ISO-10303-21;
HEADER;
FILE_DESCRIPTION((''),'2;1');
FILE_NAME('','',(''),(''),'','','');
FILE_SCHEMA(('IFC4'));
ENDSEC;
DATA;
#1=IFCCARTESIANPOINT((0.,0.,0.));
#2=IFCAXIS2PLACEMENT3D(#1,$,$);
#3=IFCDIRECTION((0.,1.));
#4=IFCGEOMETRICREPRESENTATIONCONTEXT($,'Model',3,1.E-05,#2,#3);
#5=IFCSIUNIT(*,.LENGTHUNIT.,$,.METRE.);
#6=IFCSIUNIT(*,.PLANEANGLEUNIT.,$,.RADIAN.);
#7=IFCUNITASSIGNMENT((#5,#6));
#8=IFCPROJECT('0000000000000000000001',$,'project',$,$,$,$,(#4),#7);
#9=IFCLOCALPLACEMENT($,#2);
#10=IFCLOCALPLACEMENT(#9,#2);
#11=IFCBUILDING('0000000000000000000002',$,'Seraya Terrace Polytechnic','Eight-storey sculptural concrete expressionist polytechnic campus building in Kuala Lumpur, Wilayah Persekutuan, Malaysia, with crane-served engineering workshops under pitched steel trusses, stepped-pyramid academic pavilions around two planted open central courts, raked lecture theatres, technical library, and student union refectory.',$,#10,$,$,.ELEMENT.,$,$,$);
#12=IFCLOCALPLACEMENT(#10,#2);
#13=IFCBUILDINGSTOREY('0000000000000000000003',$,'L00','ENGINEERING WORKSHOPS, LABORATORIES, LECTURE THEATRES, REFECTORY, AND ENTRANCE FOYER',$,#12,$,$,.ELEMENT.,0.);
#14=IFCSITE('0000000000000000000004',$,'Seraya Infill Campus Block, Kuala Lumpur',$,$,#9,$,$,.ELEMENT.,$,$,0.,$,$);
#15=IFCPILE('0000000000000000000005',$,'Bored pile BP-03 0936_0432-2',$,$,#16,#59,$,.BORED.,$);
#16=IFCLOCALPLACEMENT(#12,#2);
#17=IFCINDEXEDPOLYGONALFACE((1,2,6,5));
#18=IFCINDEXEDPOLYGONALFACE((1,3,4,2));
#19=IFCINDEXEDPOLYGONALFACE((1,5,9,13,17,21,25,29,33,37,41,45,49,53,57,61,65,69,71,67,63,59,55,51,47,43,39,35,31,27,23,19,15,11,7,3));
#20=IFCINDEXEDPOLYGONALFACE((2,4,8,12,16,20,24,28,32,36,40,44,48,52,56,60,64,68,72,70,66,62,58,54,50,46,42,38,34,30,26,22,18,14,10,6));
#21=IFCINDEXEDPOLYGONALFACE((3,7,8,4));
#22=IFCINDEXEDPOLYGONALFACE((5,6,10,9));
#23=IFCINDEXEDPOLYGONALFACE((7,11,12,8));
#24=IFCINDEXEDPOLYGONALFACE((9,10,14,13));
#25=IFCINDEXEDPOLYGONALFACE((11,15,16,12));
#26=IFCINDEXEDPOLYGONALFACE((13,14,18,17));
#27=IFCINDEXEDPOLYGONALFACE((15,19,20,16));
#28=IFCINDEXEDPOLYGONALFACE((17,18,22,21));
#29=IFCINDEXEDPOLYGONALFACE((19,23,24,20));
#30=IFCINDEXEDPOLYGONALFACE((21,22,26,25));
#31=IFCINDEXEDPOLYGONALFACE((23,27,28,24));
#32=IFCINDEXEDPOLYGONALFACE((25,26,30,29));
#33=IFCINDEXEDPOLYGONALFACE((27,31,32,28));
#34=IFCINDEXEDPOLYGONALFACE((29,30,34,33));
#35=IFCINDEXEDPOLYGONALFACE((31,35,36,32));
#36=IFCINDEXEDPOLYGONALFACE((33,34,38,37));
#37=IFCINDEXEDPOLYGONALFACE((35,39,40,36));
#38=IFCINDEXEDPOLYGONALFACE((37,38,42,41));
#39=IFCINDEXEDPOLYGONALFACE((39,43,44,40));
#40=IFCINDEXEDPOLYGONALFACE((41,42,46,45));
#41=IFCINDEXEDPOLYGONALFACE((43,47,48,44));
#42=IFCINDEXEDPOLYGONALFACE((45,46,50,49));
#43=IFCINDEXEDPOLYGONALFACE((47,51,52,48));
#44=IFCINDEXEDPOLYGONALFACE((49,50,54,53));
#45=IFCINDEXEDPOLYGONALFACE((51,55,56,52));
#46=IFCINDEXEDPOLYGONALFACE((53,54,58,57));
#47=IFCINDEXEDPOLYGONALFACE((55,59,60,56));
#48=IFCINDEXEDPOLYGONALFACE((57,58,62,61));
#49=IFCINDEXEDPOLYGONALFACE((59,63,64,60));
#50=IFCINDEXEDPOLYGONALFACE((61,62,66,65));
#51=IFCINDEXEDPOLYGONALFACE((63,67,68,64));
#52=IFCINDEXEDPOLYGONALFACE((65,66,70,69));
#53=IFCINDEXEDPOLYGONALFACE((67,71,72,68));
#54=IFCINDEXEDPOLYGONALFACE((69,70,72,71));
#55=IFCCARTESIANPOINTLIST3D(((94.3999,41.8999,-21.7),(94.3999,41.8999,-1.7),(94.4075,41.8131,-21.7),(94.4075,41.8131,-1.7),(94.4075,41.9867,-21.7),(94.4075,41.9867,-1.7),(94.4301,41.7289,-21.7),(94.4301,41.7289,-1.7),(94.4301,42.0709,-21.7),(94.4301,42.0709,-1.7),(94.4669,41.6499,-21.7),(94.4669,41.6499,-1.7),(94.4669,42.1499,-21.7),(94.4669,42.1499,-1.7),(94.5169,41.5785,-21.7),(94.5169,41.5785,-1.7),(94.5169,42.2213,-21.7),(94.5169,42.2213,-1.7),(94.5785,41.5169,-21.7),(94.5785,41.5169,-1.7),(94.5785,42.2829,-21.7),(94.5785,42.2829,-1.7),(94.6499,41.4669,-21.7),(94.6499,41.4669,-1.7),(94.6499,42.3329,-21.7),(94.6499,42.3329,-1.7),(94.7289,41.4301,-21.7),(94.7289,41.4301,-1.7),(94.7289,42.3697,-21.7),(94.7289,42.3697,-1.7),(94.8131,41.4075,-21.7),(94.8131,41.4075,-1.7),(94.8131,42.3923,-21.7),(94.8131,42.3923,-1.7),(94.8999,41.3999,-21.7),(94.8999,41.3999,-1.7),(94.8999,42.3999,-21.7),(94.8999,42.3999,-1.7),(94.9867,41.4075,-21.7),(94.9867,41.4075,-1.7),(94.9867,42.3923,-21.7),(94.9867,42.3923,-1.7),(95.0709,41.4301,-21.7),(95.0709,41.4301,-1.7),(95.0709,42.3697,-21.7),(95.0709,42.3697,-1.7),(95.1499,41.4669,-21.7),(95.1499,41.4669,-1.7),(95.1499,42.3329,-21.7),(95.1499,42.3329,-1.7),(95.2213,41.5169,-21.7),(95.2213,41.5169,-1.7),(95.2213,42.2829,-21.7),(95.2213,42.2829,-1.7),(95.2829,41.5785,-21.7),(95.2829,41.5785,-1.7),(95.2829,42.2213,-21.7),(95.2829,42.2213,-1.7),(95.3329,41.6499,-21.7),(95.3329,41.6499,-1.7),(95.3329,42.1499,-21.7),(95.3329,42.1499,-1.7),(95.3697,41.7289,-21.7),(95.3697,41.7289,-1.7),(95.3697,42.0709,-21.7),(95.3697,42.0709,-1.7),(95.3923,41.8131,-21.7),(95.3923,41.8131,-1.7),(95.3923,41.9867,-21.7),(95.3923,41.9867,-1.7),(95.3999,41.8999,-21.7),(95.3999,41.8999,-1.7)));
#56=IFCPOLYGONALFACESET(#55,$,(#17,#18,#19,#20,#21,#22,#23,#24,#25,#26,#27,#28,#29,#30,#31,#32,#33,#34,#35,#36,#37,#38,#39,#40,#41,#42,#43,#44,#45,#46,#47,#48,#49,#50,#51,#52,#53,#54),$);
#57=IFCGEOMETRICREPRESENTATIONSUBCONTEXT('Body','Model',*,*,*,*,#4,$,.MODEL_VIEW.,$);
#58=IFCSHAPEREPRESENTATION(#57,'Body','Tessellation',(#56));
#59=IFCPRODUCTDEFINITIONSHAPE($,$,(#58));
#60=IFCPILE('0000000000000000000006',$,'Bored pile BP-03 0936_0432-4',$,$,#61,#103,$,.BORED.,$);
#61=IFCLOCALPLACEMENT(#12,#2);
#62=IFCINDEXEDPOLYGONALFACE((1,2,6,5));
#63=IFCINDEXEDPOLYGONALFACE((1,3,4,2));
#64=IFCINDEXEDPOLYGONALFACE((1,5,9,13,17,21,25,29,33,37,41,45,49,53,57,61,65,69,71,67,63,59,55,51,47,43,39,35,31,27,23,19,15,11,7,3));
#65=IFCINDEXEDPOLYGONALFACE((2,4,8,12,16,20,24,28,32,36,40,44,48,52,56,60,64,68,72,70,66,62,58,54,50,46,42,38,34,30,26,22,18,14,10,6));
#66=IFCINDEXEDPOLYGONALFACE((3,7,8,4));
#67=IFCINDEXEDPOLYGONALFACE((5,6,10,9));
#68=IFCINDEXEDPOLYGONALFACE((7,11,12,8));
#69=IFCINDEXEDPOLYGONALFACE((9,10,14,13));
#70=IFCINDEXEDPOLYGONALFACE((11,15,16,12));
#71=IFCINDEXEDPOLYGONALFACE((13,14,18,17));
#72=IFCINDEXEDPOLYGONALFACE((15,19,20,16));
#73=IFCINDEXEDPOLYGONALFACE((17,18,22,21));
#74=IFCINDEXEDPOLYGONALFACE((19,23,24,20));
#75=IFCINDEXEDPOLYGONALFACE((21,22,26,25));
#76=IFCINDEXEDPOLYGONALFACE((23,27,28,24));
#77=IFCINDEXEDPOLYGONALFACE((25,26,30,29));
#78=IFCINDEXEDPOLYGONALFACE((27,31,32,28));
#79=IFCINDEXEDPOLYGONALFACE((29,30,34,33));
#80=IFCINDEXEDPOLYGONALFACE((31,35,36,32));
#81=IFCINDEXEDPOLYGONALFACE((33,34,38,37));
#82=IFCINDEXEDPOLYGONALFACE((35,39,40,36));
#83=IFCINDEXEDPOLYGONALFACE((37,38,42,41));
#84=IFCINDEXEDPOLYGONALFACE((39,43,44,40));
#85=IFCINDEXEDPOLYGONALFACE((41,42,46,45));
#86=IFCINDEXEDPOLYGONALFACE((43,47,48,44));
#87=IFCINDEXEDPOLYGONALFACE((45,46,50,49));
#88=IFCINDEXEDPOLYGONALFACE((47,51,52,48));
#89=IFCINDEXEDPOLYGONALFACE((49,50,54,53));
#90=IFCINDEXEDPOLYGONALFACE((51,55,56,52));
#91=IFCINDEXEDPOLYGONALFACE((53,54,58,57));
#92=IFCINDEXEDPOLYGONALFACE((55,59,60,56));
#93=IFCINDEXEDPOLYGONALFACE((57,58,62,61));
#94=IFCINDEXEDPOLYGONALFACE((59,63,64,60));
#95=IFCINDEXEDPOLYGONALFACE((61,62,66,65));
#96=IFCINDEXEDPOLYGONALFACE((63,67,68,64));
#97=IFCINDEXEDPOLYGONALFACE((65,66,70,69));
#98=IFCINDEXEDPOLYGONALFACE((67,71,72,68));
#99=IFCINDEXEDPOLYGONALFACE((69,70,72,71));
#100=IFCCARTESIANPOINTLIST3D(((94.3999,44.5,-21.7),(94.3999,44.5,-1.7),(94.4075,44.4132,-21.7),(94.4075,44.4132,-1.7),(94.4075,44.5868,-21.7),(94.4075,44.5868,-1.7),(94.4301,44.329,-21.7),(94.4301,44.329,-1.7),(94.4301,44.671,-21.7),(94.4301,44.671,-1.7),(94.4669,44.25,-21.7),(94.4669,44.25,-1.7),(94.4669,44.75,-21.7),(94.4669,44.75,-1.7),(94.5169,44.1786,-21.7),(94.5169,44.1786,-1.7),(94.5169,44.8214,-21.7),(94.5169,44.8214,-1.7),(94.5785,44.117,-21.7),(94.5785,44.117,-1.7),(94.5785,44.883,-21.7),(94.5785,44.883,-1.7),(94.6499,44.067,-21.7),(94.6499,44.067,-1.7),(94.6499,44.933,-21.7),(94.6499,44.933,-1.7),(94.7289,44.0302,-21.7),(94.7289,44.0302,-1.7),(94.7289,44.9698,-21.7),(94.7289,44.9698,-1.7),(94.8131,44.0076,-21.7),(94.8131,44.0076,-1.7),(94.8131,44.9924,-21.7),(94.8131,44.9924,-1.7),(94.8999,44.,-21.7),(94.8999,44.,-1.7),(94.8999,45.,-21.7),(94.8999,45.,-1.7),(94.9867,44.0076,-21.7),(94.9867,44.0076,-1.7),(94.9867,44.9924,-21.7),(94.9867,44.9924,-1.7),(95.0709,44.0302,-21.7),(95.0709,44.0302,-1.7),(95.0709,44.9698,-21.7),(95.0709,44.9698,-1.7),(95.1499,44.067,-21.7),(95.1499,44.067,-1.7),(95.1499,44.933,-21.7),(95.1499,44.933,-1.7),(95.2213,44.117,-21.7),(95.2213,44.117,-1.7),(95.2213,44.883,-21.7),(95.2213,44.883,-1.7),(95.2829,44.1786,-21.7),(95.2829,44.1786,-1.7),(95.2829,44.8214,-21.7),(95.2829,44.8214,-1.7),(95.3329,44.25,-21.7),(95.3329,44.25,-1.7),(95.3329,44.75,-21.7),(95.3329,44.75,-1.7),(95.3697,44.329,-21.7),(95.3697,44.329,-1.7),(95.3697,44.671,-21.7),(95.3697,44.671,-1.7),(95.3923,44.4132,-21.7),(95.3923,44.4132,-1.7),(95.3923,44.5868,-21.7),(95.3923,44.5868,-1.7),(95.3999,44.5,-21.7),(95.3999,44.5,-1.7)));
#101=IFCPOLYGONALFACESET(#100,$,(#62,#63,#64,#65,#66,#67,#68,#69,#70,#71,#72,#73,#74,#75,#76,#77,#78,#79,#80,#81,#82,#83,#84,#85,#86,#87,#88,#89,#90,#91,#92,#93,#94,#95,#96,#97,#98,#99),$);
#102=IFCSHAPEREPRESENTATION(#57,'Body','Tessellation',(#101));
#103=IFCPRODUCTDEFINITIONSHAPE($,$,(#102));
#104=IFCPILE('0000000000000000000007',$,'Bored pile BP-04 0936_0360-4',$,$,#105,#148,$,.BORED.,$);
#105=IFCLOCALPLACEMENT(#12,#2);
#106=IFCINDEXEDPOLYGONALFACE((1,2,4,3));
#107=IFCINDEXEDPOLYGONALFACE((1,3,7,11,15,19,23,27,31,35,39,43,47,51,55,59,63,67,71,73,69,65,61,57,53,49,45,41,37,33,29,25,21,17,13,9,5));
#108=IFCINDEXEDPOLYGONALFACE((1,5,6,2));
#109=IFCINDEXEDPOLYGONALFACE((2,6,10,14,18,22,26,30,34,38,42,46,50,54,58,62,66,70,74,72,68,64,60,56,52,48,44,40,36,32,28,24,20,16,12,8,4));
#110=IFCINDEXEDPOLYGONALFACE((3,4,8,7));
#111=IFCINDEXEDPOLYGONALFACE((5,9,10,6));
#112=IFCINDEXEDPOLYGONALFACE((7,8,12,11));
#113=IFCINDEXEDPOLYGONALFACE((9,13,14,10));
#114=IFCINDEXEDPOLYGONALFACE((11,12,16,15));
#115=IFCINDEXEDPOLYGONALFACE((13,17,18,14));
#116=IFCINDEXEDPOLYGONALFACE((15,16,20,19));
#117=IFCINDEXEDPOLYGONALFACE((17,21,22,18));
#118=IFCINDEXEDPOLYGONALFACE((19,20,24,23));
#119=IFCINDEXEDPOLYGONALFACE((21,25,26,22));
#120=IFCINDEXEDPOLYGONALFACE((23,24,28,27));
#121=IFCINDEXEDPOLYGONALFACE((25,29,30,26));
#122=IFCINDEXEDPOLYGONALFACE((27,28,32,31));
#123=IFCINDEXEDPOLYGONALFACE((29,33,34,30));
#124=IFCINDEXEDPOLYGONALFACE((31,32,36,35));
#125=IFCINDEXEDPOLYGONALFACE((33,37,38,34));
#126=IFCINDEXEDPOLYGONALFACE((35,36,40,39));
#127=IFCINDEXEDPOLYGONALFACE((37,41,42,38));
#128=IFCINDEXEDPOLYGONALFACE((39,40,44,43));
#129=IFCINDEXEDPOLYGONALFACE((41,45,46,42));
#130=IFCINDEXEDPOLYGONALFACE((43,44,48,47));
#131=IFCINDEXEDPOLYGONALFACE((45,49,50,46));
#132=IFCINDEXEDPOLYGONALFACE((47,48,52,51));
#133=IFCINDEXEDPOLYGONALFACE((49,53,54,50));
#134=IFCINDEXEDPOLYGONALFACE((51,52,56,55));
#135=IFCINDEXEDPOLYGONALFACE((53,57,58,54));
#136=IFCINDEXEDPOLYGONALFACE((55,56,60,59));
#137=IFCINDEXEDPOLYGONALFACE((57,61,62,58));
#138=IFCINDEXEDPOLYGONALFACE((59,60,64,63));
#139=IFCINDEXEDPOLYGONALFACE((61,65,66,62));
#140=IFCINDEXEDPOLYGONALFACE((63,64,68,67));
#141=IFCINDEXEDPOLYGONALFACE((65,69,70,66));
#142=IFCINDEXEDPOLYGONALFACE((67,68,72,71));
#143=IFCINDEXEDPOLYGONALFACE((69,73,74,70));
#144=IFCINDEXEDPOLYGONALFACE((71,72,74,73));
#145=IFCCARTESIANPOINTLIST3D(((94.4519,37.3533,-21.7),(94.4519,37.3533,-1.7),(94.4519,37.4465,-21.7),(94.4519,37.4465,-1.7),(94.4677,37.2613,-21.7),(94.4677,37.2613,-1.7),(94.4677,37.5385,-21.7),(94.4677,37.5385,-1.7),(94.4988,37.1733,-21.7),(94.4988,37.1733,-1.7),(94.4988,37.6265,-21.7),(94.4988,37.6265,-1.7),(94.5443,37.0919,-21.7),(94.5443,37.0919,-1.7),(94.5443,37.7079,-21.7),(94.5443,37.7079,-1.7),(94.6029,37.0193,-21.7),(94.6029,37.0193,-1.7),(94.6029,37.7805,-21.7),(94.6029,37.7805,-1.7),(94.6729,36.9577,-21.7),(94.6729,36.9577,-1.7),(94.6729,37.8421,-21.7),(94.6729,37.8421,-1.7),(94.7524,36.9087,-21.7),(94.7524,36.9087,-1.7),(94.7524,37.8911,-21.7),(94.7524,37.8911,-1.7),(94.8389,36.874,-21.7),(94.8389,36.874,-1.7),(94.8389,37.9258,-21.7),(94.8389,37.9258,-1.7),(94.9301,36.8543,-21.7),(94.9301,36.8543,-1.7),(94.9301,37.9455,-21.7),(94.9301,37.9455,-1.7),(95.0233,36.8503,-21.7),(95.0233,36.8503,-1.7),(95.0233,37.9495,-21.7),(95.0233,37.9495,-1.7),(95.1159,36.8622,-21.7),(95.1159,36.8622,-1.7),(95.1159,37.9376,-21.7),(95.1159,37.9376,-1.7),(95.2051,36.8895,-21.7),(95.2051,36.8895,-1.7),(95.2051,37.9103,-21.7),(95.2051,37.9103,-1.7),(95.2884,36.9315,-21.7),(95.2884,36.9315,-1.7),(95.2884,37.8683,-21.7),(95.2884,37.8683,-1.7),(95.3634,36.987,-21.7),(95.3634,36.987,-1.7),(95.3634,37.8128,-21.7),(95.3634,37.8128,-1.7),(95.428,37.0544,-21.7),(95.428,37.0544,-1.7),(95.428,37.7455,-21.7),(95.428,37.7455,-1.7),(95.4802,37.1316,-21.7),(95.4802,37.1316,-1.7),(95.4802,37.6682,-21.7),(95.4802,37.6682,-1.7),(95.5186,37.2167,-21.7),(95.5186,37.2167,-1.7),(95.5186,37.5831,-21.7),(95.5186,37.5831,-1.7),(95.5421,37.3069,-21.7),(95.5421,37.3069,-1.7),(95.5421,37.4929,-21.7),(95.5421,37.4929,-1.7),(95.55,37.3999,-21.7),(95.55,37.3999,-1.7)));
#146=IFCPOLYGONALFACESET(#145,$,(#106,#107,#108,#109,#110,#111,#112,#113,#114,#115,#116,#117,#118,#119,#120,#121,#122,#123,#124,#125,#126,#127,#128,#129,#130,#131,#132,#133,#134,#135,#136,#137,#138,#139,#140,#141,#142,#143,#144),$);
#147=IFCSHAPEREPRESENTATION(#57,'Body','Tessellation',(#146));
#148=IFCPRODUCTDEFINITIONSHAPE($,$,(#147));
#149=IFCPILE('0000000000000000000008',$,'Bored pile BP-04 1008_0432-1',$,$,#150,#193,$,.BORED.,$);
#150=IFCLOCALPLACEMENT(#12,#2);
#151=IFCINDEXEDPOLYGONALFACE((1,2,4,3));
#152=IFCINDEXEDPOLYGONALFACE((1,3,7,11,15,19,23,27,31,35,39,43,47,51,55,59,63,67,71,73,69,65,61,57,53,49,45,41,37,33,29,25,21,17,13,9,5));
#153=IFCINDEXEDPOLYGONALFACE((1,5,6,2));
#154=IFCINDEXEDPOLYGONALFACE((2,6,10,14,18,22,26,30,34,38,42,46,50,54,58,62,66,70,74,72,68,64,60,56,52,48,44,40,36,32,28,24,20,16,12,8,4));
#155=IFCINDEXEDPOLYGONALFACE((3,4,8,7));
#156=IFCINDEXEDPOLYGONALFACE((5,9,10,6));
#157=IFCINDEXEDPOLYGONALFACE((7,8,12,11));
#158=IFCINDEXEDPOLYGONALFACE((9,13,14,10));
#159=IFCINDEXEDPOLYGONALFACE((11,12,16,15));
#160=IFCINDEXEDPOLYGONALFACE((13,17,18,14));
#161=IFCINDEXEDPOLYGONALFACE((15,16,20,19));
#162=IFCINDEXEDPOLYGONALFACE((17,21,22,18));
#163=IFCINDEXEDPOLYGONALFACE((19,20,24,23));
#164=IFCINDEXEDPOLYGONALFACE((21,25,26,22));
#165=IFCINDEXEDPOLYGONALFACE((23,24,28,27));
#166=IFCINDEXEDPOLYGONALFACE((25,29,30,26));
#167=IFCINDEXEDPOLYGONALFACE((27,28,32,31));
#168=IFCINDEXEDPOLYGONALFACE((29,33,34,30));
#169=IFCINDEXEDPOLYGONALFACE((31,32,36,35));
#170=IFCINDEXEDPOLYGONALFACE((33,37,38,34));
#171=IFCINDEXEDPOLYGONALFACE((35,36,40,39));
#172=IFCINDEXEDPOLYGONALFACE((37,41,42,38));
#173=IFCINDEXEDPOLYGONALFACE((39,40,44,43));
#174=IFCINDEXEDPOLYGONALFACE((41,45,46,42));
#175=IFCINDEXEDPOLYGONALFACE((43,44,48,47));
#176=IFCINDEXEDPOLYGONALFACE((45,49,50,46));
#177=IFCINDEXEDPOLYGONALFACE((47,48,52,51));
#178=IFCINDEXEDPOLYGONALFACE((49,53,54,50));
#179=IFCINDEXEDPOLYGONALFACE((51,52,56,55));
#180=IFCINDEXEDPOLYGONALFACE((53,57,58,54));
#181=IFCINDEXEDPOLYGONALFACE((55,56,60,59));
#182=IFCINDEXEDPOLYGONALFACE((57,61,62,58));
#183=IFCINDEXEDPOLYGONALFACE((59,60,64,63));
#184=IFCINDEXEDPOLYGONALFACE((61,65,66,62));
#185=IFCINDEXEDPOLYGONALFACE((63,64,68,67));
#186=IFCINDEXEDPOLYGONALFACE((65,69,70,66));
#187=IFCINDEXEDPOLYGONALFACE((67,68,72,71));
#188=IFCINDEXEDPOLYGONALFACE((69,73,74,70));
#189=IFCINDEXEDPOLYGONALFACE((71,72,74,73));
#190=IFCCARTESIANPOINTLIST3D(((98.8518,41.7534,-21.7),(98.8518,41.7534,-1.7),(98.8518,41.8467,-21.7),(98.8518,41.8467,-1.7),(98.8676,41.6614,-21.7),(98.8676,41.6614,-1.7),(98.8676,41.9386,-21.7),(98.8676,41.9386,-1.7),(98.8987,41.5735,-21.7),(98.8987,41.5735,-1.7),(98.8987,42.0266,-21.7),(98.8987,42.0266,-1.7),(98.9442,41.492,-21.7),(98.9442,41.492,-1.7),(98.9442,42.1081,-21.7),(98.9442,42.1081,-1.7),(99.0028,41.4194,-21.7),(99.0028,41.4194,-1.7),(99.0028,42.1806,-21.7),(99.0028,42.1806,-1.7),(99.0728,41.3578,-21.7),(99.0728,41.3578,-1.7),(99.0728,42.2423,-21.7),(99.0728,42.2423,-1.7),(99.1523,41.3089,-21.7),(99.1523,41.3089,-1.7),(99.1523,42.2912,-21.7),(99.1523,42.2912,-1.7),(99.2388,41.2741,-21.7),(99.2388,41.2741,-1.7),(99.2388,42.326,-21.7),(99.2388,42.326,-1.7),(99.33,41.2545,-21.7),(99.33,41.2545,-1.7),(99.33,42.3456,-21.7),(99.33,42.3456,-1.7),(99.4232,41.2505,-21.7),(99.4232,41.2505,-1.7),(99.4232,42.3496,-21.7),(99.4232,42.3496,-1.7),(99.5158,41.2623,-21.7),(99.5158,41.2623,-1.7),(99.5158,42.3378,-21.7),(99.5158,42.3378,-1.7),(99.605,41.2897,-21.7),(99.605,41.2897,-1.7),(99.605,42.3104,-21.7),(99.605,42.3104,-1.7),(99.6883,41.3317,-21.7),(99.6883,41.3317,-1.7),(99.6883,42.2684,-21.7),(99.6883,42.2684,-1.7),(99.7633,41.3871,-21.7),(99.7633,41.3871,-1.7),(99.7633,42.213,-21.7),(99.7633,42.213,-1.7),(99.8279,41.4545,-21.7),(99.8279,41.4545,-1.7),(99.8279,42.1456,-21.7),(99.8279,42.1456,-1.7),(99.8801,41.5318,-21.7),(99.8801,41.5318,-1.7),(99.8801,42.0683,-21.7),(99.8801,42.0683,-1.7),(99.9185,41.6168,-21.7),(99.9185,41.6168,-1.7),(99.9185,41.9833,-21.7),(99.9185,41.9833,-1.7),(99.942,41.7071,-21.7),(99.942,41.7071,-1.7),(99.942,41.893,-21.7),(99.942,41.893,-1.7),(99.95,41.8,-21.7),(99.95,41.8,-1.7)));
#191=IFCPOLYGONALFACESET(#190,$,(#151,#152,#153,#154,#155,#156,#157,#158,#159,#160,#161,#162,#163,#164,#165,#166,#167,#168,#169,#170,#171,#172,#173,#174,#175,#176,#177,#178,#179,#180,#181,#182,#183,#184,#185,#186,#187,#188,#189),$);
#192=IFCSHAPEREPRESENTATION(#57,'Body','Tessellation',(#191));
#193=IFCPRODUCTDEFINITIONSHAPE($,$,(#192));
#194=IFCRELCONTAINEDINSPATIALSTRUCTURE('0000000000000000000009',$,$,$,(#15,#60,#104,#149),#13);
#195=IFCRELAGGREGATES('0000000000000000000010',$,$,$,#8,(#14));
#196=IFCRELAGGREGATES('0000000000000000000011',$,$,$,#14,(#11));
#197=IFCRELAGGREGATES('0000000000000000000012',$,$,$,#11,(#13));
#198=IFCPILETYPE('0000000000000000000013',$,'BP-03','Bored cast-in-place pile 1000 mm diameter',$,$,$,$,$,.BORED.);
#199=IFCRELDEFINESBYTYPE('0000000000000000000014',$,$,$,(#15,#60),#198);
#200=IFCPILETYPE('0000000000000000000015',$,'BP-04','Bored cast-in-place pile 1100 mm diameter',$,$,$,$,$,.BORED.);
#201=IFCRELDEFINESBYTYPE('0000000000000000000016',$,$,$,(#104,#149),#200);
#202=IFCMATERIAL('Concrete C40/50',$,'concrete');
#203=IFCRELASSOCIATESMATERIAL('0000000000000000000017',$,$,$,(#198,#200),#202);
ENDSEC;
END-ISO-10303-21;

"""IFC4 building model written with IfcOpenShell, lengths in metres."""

from ifc_helpers import new_model, si_unit, direction, frame, origin, origin_2d, place, context, subcontext, project, spatial, circle, extrude, material, material_profile, profile_set, type_object, element, save


model = new_model("IFC4")

# Units and contexts
model_context = context("Model", 3, precision=1e-05, world=origin(), true_north=direction((0.0, 1.0)))
body_context = subcontext(model_context, "Body", "Model", "MODEL_VIEW")
ifc_project = project(units=[si_unit("LENGTHUNIT", "METRE"), si_unit("PLANEANGLEUNIT", "RADIAN")], contexts=[model_context])

# Site, building, storey
site_placement = place(None, origin())
site = spatial("IfcSite", under=ifc_project, at=site_placement, Name="Seraya Infill Campus Block, Kuala Lumpur", CompositionType="ELEMENT", RefElevation=0.0)
building_placement = place(site_placement, origin())
building = spatial("IfcBuilding", under=site, at=building_placement, Name="Seraya Terrace Polytechnic", Description="Eight-storey sculptural concrete expressionist polytechnic campus building in Kuala Lumpur, Wilayah Persekutuan, Malaysia, with crane-served engineering workshops under pitched steel trusses, stepped-pyramid academic pavilions around two planted open central courts, raked lecture theatres, technical library, and student union refectory.", CompositionType="ELEMENT")
storey_placement = place(building_placement, origin())
storey = spatial("IfcBuildingStorey", under=building, at=storey_placement, Name="L00", Description="ENGINEERING WORKSHOPS, LABORATORIES, LECTURE THEATRES, REFECTORY, AND ENTRANCE FOYER", CompositionType="ELEMENT", Elevation=0.0)

# Piles
ifc_material_1 = material(Name="Concrete C40/50", Category="concrete")
ifc_material_profile_1 = material_profile(ifc_material_1, circle(Radius=0.5, at=origin_2d()), Name="DIA 1000")
ifc_profile_set_1 = profile_set([ifc_material_profile_1], Name="Concrete C40/50")
pile_type_1 = type_object("IfcPileType", Name="BP-03", Description="Bored cast-in-place pile 1000 mm diameter", PredefinedType="BORED", material=ifc_profile_set_1)
for number, where, z_axis, x_axis, name in (
    (1, (94.8999, 41.8999, -1.7), (0.0, 0.0, -1.0), (1.0, 0.0, 0.0), "Bored pile BP-03 0936_0432-2"),
    (2, (94.8999, 44.5, -1.7), (0.0, 0.0, -1.0), (1.0, 0.0, 0.0), "Bored pile BP-03 0936_0432-4"),
):
    element("IfcPile", number, at=place(storey_placement, frame(where, z_axis=z_axis, x_axis=x_axis)), inside=storey, type_object=pile_type_1, Name=name, PredefinedType="BORED", context=body_context, shape_type="SweptSolid", body=[
        extrude(circle(Radius=0.5, at=origin_2d()), origin(), (0.0, 0.0, 1.0), 20.0),
    ])
ifc_material_profile_2 = material_profile(ifc_material_1, circle(Radius=0.55, at=origin_2d()), Name="DIA 1100")
ifc_profile_set_2 = profile_set([ifc_material_profile_2], Name="Concrete C40/50")
pile_type_2 = type_object("IfcPileType", Name="BP-04", Description="Bored cast-in-place pile 1100 mm diameter", PredefinedType="BORED", material=ifc_profile_set_2)
for number, where, z_axis, x_axis, name in (
    (3, (95.0, 37.3999, -1.7), (0.0, 0.0, -1.0), (1.0, 0.0, 0.0), "Bored pile BP-04 0936_0360-4"),
    (4, (99.3999, 41.8, -1.7), (0.0, 0.0, -1.0), (1.0, 0.0, 0.0), "Bored pile BP-04 1008_0432-1"),
):
    element("IfcPile", number, at=place(storey_placement, frame(where, z_axis=z_axis, x_axis=x_axis)), inside=storey, type_object=pile_type_2, Name=name, PredefinedType="BORED", context=body_context, shape_type="SweptSolid", body=[
        extrude(circle(Radius=0.55, at=origin_2d()), origin(), (0.0, 0.0, 1.0), 20.0),
    ])

save(model, "model.ifc")
